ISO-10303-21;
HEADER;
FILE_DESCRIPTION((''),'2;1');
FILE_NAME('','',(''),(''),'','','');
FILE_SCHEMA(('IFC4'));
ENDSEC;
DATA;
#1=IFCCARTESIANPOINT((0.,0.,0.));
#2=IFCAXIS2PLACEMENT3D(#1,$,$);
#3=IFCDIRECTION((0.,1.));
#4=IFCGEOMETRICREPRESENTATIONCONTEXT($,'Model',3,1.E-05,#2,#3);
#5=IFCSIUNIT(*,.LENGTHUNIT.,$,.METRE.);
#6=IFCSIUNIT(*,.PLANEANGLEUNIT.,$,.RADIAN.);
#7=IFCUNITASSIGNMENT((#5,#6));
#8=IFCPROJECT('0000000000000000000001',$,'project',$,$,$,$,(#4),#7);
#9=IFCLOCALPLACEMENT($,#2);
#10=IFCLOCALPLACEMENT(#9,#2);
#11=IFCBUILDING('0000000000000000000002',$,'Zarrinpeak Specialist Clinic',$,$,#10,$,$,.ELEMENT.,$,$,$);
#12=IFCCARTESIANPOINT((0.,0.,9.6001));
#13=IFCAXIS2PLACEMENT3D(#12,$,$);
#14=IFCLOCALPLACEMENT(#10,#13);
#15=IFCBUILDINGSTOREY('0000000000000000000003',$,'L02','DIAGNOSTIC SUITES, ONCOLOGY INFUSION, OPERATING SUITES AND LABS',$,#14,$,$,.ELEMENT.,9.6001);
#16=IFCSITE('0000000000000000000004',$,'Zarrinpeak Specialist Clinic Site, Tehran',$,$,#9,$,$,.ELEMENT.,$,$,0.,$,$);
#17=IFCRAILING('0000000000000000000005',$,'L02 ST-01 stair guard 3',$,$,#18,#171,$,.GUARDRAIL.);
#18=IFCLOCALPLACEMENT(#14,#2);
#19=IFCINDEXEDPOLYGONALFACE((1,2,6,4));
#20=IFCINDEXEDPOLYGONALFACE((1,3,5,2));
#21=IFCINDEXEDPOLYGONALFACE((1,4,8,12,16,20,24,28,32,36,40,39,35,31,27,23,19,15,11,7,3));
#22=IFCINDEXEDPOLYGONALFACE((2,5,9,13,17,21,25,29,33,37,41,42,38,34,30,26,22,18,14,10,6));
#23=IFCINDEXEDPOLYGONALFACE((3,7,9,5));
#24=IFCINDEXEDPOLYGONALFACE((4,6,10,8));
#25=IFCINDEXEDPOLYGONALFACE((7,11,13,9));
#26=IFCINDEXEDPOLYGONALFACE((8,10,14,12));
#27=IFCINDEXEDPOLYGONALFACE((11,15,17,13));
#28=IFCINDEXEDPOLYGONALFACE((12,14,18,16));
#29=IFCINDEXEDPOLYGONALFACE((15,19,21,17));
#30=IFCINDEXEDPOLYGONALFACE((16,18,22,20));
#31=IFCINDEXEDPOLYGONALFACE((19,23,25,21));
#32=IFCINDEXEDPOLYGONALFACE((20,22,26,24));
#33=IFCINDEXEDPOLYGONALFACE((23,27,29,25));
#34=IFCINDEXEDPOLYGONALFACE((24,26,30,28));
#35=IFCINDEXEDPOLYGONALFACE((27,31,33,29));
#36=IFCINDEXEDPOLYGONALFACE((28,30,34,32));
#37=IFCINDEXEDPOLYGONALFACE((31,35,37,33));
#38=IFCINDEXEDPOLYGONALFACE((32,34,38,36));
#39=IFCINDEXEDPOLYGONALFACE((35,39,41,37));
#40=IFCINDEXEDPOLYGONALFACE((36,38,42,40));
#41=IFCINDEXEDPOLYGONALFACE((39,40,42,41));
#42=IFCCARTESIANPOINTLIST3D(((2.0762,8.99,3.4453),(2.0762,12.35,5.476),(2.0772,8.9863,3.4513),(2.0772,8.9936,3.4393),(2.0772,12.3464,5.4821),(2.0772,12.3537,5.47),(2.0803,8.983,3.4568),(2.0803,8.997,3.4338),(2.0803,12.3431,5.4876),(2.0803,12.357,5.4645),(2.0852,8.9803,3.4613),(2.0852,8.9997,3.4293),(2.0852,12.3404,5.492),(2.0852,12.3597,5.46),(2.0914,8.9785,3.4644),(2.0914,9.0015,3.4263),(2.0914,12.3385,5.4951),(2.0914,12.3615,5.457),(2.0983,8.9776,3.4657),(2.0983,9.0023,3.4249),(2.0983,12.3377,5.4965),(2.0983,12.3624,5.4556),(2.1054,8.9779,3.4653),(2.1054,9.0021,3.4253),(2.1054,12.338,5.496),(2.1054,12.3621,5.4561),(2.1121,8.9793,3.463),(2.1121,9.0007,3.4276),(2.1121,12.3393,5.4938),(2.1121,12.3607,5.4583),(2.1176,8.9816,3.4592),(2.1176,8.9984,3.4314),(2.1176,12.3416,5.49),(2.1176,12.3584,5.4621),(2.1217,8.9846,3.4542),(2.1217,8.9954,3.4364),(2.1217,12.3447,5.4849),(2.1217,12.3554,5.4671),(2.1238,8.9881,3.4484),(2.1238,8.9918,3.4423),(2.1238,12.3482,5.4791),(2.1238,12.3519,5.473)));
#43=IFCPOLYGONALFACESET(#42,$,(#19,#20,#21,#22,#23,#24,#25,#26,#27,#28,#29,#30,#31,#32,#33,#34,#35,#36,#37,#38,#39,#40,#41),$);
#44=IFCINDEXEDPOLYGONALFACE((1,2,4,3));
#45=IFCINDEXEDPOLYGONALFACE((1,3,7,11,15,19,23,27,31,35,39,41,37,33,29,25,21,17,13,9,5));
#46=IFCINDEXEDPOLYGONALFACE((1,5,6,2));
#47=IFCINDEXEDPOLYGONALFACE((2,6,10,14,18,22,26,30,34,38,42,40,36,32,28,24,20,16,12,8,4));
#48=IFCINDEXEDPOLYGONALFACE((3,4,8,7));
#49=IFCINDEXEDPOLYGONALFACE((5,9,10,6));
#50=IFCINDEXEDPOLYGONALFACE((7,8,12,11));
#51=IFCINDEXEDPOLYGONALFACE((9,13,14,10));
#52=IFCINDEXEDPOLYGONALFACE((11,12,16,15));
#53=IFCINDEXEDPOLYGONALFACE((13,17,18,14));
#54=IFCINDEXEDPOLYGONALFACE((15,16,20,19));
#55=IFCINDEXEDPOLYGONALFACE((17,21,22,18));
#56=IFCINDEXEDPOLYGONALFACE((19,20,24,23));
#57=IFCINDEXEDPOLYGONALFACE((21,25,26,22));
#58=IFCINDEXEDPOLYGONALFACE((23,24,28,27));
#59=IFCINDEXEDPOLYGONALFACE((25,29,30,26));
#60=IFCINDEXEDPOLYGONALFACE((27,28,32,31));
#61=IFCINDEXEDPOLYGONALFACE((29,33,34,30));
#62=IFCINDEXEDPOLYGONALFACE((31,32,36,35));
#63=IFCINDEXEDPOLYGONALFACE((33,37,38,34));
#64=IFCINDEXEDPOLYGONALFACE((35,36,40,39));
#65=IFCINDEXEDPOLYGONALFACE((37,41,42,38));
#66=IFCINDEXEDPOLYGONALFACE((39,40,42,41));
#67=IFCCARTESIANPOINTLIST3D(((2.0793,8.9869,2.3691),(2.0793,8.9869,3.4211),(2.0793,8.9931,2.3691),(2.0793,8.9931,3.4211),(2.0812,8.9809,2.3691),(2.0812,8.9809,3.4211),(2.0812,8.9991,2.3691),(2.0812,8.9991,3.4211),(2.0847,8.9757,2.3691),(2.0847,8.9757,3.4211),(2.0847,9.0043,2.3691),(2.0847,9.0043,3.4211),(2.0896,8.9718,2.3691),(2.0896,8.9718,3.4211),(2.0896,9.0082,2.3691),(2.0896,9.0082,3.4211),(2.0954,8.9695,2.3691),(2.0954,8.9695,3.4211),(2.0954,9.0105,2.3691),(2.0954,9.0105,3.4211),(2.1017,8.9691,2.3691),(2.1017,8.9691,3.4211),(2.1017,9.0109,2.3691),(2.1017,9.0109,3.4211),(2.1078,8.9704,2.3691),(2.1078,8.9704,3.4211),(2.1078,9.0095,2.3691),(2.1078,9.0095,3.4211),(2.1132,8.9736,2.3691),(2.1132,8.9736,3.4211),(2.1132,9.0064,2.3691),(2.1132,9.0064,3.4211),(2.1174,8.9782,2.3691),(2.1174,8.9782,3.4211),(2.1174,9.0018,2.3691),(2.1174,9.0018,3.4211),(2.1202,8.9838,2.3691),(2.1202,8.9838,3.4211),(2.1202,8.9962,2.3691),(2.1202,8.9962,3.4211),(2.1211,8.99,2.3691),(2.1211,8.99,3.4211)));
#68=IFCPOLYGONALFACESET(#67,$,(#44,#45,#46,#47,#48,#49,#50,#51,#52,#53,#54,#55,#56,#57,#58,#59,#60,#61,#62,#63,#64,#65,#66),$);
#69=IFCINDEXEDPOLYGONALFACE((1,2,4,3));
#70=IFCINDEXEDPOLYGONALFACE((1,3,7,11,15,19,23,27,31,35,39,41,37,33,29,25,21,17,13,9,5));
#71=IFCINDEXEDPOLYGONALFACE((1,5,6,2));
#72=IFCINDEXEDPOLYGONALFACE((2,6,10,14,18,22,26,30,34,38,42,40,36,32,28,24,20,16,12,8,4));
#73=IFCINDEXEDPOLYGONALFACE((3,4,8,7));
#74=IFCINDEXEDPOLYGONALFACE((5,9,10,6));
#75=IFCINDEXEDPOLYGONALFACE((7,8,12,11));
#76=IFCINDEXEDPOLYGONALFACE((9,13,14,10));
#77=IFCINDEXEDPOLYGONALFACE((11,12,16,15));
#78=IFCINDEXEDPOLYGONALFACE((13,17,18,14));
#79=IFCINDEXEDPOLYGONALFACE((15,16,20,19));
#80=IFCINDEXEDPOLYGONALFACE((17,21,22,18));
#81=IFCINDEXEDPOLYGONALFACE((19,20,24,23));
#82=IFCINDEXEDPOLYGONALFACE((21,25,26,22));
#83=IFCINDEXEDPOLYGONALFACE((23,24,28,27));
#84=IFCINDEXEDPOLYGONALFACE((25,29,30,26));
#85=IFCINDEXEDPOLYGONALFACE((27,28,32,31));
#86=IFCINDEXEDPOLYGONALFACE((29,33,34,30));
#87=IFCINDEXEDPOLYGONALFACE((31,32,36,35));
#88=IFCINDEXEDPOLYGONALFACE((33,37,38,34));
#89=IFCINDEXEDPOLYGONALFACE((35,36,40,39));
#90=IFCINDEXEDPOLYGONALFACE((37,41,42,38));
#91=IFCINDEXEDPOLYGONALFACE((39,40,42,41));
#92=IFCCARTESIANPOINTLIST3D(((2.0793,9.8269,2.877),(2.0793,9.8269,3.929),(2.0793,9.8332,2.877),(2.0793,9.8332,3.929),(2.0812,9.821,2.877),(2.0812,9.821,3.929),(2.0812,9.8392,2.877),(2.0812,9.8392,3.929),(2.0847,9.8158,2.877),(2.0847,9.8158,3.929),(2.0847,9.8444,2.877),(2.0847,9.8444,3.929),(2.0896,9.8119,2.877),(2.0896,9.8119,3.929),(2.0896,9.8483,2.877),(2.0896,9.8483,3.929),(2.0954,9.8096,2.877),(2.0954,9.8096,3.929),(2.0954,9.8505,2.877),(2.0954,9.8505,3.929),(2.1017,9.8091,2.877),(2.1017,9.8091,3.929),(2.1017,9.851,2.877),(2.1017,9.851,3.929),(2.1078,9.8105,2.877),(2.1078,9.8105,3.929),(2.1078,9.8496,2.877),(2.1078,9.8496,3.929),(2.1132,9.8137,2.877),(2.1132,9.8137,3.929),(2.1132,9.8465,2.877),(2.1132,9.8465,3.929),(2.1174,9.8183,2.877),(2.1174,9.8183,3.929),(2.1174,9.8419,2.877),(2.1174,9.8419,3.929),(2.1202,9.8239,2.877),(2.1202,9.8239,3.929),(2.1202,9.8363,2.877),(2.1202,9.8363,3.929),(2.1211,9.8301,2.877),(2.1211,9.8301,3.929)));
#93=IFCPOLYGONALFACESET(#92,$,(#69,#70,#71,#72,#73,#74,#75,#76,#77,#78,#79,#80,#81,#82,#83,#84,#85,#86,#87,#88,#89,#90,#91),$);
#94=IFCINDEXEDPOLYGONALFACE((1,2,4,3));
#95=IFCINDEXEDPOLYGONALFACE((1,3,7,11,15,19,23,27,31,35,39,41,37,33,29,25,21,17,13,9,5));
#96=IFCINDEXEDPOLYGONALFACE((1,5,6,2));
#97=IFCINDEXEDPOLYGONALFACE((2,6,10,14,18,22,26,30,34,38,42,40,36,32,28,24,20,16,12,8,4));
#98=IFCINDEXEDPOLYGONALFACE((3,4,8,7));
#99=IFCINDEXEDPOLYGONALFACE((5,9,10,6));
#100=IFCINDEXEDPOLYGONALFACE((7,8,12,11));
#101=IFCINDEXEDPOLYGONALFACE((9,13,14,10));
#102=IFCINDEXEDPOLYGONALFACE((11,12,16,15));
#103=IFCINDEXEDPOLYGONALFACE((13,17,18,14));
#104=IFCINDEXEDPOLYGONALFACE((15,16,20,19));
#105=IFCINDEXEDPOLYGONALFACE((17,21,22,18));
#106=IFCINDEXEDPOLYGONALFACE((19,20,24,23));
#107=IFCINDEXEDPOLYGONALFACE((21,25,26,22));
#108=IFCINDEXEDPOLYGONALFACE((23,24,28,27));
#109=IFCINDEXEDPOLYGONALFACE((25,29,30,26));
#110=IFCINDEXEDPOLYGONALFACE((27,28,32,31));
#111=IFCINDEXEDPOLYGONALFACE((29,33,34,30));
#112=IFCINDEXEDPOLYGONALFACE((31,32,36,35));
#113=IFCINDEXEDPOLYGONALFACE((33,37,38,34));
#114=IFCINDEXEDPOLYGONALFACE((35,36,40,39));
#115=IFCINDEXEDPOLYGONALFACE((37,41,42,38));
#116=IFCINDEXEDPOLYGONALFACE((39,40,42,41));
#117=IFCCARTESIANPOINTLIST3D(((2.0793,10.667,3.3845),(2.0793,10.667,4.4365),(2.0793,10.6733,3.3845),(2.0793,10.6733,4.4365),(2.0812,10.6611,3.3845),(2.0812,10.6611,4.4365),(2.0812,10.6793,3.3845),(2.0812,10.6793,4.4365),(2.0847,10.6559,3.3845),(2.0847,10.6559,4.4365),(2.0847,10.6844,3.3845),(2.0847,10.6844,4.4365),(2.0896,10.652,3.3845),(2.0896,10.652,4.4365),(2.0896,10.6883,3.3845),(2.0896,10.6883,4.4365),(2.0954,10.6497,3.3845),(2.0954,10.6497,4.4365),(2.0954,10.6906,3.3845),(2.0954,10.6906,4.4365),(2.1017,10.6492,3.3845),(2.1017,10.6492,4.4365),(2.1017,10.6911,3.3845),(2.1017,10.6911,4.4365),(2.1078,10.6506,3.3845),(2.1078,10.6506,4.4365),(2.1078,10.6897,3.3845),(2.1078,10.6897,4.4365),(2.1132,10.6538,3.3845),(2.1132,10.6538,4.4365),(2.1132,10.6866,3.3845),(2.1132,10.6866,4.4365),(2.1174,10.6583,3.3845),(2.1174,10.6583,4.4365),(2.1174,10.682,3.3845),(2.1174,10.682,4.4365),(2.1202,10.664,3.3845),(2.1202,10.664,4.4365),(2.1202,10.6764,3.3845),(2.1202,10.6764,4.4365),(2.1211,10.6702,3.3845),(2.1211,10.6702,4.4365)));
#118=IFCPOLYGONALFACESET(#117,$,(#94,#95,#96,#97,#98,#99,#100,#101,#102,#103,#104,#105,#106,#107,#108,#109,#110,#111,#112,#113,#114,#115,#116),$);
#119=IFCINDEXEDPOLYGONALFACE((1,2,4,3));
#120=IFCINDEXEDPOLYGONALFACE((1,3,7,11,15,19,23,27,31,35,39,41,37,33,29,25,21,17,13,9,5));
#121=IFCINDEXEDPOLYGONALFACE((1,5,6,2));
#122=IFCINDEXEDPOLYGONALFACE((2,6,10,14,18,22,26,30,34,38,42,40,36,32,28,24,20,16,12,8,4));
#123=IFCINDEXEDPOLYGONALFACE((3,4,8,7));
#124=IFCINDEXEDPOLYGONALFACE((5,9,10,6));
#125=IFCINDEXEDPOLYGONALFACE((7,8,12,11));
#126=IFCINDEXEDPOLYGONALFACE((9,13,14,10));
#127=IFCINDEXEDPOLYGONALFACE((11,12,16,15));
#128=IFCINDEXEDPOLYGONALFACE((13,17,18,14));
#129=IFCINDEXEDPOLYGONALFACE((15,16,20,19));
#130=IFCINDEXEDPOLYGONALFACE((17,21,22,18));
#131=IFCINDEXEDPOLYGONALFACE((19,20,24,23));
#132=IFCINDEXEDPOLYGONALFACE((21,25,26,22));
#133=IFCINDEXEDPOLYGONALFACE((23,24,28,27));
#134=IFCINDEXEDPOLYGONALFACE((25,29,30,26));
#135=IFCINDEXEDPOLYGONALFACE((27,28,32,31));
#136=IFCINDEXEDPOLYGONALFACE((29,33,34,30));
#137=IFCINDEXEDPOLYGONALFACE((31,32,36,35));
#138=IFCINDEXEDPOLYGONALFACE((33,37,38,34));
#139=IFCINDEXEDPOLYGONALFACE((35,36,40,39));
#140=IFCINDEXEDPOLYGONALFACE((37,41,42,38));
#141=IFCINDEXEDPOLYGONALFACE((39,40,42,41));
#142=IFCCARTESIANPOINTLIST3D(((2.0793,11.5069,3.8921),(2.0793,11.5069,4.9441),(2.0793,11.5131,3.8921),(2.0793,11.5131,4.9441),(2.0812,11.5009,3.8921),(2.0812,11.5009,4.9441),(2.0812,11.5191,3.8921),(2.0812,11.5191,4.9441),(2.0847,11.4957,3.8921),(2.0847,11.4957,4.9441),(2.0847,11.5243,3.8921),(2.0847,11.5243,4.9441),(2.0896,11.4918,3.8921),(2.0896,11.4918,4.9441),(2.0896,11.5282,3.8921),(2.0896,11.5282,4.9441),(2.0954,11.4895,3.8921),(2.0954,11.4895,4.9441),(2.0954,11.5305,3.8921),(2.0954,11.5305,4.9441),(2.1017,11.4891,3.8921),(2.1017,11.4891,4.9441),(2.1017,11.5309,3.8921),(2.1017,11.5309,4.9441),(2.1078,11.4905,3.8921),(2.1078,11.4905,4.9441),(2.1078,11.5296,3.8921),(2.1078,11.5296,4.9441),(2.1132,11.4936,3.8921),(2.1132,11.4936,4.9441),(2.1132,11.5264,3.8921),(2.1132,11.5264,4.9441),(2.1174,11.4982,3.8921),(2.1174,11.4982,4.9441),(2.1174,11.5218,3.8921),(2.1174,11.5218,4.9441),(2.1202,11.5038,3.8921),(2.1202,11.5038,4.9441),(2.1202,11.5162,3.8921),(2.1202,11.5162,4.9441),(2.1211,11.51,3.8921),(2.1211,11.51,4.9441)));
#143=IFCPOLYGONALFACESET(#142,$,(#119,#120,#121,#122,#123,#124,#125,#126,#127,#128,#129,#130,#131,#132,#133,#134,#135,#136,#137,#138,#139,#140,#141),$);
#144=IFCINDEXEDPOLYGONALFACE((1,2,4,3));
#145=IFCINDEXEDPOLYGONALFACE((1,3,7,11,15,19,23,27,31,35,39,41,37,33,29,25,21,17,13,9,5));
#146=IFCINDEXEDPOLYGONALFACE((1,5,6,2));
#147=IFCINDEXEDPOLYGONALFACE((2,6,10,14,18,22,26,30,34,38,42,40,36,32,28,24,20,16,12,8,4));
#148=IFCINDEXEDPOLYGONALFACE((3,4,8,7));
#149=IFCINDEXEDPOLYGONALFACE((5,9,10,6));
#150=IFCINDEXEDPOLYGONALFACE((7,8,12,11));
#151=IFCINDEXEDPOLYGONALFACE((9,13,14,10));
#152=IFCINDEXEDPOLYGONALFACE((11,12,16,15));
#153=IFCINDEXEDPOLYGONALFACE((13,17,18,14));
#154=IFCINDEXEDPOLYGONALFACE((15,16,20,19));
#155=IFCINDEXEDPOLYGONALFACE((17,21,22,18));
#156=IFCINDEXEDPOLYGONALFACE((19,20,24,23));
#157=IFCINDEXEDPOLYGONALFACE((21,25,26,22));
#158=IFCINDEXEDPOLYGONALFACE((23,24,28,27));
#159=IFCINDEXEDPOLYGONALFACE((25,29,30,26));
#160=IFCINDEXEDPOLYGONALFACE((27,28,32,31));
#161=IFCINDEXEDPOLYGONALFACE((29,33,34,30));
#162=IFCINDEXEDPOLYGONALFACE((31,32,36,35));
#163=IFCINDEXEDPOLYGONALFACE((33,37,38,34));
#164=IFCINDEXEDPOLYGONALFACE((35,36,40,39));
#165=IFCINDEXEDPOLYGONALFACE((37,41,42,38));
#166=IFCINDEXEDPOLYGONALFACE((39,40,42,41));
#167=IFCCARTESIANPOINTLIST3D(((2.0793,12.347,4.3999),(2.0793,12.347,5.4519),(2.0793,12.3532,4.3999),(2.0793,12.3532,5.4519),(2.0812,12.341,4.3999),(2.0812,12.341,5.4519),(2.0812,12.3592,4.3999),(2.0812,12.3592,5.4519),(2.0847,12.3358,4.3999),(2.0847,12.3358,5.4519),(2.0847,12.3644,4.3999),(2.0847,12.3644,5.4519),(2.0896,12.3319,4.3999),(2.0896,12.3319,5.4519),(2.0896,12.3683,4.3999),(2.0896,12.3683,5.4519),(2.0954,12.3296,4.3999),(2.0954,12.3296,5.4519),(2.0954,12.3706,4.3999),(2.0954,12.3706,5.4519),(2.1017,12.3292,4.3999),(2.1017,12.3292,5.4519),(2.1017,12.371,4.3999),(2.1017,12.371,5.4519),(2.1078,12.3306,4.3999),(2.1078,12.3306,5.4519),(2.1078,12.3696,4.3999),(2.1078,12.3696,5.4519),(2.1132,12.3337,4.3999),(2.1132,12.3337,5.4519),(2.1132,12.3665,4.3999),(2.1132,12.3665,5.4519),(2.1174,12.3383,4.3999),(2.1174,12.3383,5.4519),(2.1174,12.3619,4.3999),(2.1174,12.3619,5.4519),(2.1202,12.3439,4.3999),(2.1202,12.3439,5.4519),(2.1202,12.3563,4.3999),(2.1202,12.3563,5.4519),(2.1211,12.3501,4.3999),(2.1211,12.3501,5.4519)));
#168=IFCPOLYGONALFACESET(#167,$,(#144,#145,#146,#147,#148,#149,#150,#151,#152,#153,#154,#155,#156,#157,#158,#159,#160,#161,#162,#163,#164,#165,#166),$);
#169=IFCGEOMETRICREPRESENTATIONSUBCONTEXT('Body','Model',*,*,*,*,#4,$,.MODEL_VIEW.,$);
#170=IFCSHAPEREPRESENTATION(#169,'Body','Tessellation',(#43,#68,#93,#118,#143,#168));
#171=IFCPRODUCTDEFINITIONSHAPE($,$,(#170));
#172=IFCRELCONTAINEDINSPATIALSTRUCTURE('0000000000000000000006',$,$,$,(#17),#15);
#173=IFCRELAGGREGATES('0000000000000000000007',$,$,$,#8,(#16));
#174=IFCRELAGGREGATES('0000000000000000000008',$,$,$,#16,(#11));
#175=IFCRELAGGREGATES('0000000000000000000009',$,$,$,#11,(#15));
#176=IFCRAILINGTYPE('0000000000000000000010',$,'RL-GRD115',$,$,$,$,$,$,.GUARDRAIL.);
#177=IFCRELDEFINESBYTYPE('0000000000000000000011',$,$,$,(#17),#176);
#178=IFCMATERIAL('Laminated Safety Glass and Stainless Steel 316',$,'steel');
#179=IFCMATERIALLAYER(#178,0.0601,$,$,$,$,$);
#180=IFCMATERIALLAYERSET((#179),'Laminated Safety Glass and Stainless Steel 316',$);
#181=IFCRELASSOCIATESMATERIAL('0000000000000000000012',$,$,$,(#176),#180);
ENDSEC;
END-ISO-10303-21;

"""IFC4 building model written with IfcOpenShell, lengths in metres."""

from ifc_helpers import new_model, si_unit, direction, frame, origin, origin_2d, place, context, subcontext, project, spatial, circle, extrude, material, layer, layer_set, type_object, element, save


model = new_model("IFC4")

# Units and contexts
model_context = context("Model", 3, precision=1e-05, world=origin(), true_north=direction((0.0, 1.0)))
body_context = subcontext(model_context, "Body", "Model", "MODEL_VIEW")
ifc_project = project(units=[si_unit("LENGTHUNIT", "METRE"), si_unit("PLANEANGLEUNIT", "RADIAN")], contexts=[model_context])

# Site, building, storey
site_placement = place(None, origin())
site = spatial("IfcSite", under=ifc_project, at=site_placement, Name="Zarrinpeak Specialist Clinic Site, Tehran", CompositionType="ELEMENT", RefElevation=0.0)
building_placement = place(site_placement, origin())
building = spatial("IfcBuilding", under=site, at=building_placement, Name="Zarrinpeak Specialist Clinic", CompositionType="ELEMENT")
storey_placement = place(building_placement, frame((0.0, 0.0, 9.6001)))
storey = spatial("IfcBuildingStorey", under=building, at=storey_placement, Name="L02", Description="DIAGNOSTIC SUITES, ONCOLOGY INFUSION, OPERATING SUITES AND LABS", CompositionType="ELEMENT", Elevation=9.6001)

# Railing
ifc_material_1 = material(Name="Laminated Safety Glass and Stainless Steel 316", Category="steel")
ifc_layer_1 = layer(ifc_material_1, 0.0601)
ifc_layer_set_1 = layer_set([ifc_layer_1], Name="Laminated Safety Glass and Stainless Steel 316")
railing_type_1 = type_object("IfcRailingType", Name="RL-GRD115", PredefinedType="GUARDRAIL", material=ifc_layer_set_1)
railing_1_placement = place(storey_placement, frame((2.1001, 8.99, 2.3691)))
element("IfcRailing", 1, at=railing_1_placement, inside=storey, type_object=railing_type_1, Name="L02 ST-01 stair guard 3", PredefinedType="GUARDRAIL", context=body_context, shape_type="SweptSolid", body=[
    extrude(circle(Radius=0.0239, at=origin_2d()), frame((0.0, 0.0, 1.0762), z_axis=(0.0, 0.855837, 0.517246), x_axis=(-1.0, 0.0, 0.0)), (0.0, 0.0, 1.0), 3.926),
    extrude(circle(Radius=0.021, at=origin_2d()), origin(), (0.0, 0.0, 1.0), 1.052),
    extrude(circle(Radius=0.021, at=origin_2d()), frame((0.0, 0.8401, 0.5078)), (0.0, 0.0, 1.0), 1.052),
    extrude(circle(Radius=0.021, at=origin_2d()), frame((0.0, 1.6802, 1.0154)), (0.0, 0.0, 1.0), 1.052),
    extrude(circle(Radius=0.021, at=origin_2d()), frame((0.0, 2.52, 1.5229)), (0.0, 0.0, 1.0), 1.052),
    extrude(circle(Radius=0.021, at=origin_2d()), frame((0.0, 3.3601, 2.0308)), (0.0, 0.0, 1.0), 1.052),
])

save(model, "model.ifc")
